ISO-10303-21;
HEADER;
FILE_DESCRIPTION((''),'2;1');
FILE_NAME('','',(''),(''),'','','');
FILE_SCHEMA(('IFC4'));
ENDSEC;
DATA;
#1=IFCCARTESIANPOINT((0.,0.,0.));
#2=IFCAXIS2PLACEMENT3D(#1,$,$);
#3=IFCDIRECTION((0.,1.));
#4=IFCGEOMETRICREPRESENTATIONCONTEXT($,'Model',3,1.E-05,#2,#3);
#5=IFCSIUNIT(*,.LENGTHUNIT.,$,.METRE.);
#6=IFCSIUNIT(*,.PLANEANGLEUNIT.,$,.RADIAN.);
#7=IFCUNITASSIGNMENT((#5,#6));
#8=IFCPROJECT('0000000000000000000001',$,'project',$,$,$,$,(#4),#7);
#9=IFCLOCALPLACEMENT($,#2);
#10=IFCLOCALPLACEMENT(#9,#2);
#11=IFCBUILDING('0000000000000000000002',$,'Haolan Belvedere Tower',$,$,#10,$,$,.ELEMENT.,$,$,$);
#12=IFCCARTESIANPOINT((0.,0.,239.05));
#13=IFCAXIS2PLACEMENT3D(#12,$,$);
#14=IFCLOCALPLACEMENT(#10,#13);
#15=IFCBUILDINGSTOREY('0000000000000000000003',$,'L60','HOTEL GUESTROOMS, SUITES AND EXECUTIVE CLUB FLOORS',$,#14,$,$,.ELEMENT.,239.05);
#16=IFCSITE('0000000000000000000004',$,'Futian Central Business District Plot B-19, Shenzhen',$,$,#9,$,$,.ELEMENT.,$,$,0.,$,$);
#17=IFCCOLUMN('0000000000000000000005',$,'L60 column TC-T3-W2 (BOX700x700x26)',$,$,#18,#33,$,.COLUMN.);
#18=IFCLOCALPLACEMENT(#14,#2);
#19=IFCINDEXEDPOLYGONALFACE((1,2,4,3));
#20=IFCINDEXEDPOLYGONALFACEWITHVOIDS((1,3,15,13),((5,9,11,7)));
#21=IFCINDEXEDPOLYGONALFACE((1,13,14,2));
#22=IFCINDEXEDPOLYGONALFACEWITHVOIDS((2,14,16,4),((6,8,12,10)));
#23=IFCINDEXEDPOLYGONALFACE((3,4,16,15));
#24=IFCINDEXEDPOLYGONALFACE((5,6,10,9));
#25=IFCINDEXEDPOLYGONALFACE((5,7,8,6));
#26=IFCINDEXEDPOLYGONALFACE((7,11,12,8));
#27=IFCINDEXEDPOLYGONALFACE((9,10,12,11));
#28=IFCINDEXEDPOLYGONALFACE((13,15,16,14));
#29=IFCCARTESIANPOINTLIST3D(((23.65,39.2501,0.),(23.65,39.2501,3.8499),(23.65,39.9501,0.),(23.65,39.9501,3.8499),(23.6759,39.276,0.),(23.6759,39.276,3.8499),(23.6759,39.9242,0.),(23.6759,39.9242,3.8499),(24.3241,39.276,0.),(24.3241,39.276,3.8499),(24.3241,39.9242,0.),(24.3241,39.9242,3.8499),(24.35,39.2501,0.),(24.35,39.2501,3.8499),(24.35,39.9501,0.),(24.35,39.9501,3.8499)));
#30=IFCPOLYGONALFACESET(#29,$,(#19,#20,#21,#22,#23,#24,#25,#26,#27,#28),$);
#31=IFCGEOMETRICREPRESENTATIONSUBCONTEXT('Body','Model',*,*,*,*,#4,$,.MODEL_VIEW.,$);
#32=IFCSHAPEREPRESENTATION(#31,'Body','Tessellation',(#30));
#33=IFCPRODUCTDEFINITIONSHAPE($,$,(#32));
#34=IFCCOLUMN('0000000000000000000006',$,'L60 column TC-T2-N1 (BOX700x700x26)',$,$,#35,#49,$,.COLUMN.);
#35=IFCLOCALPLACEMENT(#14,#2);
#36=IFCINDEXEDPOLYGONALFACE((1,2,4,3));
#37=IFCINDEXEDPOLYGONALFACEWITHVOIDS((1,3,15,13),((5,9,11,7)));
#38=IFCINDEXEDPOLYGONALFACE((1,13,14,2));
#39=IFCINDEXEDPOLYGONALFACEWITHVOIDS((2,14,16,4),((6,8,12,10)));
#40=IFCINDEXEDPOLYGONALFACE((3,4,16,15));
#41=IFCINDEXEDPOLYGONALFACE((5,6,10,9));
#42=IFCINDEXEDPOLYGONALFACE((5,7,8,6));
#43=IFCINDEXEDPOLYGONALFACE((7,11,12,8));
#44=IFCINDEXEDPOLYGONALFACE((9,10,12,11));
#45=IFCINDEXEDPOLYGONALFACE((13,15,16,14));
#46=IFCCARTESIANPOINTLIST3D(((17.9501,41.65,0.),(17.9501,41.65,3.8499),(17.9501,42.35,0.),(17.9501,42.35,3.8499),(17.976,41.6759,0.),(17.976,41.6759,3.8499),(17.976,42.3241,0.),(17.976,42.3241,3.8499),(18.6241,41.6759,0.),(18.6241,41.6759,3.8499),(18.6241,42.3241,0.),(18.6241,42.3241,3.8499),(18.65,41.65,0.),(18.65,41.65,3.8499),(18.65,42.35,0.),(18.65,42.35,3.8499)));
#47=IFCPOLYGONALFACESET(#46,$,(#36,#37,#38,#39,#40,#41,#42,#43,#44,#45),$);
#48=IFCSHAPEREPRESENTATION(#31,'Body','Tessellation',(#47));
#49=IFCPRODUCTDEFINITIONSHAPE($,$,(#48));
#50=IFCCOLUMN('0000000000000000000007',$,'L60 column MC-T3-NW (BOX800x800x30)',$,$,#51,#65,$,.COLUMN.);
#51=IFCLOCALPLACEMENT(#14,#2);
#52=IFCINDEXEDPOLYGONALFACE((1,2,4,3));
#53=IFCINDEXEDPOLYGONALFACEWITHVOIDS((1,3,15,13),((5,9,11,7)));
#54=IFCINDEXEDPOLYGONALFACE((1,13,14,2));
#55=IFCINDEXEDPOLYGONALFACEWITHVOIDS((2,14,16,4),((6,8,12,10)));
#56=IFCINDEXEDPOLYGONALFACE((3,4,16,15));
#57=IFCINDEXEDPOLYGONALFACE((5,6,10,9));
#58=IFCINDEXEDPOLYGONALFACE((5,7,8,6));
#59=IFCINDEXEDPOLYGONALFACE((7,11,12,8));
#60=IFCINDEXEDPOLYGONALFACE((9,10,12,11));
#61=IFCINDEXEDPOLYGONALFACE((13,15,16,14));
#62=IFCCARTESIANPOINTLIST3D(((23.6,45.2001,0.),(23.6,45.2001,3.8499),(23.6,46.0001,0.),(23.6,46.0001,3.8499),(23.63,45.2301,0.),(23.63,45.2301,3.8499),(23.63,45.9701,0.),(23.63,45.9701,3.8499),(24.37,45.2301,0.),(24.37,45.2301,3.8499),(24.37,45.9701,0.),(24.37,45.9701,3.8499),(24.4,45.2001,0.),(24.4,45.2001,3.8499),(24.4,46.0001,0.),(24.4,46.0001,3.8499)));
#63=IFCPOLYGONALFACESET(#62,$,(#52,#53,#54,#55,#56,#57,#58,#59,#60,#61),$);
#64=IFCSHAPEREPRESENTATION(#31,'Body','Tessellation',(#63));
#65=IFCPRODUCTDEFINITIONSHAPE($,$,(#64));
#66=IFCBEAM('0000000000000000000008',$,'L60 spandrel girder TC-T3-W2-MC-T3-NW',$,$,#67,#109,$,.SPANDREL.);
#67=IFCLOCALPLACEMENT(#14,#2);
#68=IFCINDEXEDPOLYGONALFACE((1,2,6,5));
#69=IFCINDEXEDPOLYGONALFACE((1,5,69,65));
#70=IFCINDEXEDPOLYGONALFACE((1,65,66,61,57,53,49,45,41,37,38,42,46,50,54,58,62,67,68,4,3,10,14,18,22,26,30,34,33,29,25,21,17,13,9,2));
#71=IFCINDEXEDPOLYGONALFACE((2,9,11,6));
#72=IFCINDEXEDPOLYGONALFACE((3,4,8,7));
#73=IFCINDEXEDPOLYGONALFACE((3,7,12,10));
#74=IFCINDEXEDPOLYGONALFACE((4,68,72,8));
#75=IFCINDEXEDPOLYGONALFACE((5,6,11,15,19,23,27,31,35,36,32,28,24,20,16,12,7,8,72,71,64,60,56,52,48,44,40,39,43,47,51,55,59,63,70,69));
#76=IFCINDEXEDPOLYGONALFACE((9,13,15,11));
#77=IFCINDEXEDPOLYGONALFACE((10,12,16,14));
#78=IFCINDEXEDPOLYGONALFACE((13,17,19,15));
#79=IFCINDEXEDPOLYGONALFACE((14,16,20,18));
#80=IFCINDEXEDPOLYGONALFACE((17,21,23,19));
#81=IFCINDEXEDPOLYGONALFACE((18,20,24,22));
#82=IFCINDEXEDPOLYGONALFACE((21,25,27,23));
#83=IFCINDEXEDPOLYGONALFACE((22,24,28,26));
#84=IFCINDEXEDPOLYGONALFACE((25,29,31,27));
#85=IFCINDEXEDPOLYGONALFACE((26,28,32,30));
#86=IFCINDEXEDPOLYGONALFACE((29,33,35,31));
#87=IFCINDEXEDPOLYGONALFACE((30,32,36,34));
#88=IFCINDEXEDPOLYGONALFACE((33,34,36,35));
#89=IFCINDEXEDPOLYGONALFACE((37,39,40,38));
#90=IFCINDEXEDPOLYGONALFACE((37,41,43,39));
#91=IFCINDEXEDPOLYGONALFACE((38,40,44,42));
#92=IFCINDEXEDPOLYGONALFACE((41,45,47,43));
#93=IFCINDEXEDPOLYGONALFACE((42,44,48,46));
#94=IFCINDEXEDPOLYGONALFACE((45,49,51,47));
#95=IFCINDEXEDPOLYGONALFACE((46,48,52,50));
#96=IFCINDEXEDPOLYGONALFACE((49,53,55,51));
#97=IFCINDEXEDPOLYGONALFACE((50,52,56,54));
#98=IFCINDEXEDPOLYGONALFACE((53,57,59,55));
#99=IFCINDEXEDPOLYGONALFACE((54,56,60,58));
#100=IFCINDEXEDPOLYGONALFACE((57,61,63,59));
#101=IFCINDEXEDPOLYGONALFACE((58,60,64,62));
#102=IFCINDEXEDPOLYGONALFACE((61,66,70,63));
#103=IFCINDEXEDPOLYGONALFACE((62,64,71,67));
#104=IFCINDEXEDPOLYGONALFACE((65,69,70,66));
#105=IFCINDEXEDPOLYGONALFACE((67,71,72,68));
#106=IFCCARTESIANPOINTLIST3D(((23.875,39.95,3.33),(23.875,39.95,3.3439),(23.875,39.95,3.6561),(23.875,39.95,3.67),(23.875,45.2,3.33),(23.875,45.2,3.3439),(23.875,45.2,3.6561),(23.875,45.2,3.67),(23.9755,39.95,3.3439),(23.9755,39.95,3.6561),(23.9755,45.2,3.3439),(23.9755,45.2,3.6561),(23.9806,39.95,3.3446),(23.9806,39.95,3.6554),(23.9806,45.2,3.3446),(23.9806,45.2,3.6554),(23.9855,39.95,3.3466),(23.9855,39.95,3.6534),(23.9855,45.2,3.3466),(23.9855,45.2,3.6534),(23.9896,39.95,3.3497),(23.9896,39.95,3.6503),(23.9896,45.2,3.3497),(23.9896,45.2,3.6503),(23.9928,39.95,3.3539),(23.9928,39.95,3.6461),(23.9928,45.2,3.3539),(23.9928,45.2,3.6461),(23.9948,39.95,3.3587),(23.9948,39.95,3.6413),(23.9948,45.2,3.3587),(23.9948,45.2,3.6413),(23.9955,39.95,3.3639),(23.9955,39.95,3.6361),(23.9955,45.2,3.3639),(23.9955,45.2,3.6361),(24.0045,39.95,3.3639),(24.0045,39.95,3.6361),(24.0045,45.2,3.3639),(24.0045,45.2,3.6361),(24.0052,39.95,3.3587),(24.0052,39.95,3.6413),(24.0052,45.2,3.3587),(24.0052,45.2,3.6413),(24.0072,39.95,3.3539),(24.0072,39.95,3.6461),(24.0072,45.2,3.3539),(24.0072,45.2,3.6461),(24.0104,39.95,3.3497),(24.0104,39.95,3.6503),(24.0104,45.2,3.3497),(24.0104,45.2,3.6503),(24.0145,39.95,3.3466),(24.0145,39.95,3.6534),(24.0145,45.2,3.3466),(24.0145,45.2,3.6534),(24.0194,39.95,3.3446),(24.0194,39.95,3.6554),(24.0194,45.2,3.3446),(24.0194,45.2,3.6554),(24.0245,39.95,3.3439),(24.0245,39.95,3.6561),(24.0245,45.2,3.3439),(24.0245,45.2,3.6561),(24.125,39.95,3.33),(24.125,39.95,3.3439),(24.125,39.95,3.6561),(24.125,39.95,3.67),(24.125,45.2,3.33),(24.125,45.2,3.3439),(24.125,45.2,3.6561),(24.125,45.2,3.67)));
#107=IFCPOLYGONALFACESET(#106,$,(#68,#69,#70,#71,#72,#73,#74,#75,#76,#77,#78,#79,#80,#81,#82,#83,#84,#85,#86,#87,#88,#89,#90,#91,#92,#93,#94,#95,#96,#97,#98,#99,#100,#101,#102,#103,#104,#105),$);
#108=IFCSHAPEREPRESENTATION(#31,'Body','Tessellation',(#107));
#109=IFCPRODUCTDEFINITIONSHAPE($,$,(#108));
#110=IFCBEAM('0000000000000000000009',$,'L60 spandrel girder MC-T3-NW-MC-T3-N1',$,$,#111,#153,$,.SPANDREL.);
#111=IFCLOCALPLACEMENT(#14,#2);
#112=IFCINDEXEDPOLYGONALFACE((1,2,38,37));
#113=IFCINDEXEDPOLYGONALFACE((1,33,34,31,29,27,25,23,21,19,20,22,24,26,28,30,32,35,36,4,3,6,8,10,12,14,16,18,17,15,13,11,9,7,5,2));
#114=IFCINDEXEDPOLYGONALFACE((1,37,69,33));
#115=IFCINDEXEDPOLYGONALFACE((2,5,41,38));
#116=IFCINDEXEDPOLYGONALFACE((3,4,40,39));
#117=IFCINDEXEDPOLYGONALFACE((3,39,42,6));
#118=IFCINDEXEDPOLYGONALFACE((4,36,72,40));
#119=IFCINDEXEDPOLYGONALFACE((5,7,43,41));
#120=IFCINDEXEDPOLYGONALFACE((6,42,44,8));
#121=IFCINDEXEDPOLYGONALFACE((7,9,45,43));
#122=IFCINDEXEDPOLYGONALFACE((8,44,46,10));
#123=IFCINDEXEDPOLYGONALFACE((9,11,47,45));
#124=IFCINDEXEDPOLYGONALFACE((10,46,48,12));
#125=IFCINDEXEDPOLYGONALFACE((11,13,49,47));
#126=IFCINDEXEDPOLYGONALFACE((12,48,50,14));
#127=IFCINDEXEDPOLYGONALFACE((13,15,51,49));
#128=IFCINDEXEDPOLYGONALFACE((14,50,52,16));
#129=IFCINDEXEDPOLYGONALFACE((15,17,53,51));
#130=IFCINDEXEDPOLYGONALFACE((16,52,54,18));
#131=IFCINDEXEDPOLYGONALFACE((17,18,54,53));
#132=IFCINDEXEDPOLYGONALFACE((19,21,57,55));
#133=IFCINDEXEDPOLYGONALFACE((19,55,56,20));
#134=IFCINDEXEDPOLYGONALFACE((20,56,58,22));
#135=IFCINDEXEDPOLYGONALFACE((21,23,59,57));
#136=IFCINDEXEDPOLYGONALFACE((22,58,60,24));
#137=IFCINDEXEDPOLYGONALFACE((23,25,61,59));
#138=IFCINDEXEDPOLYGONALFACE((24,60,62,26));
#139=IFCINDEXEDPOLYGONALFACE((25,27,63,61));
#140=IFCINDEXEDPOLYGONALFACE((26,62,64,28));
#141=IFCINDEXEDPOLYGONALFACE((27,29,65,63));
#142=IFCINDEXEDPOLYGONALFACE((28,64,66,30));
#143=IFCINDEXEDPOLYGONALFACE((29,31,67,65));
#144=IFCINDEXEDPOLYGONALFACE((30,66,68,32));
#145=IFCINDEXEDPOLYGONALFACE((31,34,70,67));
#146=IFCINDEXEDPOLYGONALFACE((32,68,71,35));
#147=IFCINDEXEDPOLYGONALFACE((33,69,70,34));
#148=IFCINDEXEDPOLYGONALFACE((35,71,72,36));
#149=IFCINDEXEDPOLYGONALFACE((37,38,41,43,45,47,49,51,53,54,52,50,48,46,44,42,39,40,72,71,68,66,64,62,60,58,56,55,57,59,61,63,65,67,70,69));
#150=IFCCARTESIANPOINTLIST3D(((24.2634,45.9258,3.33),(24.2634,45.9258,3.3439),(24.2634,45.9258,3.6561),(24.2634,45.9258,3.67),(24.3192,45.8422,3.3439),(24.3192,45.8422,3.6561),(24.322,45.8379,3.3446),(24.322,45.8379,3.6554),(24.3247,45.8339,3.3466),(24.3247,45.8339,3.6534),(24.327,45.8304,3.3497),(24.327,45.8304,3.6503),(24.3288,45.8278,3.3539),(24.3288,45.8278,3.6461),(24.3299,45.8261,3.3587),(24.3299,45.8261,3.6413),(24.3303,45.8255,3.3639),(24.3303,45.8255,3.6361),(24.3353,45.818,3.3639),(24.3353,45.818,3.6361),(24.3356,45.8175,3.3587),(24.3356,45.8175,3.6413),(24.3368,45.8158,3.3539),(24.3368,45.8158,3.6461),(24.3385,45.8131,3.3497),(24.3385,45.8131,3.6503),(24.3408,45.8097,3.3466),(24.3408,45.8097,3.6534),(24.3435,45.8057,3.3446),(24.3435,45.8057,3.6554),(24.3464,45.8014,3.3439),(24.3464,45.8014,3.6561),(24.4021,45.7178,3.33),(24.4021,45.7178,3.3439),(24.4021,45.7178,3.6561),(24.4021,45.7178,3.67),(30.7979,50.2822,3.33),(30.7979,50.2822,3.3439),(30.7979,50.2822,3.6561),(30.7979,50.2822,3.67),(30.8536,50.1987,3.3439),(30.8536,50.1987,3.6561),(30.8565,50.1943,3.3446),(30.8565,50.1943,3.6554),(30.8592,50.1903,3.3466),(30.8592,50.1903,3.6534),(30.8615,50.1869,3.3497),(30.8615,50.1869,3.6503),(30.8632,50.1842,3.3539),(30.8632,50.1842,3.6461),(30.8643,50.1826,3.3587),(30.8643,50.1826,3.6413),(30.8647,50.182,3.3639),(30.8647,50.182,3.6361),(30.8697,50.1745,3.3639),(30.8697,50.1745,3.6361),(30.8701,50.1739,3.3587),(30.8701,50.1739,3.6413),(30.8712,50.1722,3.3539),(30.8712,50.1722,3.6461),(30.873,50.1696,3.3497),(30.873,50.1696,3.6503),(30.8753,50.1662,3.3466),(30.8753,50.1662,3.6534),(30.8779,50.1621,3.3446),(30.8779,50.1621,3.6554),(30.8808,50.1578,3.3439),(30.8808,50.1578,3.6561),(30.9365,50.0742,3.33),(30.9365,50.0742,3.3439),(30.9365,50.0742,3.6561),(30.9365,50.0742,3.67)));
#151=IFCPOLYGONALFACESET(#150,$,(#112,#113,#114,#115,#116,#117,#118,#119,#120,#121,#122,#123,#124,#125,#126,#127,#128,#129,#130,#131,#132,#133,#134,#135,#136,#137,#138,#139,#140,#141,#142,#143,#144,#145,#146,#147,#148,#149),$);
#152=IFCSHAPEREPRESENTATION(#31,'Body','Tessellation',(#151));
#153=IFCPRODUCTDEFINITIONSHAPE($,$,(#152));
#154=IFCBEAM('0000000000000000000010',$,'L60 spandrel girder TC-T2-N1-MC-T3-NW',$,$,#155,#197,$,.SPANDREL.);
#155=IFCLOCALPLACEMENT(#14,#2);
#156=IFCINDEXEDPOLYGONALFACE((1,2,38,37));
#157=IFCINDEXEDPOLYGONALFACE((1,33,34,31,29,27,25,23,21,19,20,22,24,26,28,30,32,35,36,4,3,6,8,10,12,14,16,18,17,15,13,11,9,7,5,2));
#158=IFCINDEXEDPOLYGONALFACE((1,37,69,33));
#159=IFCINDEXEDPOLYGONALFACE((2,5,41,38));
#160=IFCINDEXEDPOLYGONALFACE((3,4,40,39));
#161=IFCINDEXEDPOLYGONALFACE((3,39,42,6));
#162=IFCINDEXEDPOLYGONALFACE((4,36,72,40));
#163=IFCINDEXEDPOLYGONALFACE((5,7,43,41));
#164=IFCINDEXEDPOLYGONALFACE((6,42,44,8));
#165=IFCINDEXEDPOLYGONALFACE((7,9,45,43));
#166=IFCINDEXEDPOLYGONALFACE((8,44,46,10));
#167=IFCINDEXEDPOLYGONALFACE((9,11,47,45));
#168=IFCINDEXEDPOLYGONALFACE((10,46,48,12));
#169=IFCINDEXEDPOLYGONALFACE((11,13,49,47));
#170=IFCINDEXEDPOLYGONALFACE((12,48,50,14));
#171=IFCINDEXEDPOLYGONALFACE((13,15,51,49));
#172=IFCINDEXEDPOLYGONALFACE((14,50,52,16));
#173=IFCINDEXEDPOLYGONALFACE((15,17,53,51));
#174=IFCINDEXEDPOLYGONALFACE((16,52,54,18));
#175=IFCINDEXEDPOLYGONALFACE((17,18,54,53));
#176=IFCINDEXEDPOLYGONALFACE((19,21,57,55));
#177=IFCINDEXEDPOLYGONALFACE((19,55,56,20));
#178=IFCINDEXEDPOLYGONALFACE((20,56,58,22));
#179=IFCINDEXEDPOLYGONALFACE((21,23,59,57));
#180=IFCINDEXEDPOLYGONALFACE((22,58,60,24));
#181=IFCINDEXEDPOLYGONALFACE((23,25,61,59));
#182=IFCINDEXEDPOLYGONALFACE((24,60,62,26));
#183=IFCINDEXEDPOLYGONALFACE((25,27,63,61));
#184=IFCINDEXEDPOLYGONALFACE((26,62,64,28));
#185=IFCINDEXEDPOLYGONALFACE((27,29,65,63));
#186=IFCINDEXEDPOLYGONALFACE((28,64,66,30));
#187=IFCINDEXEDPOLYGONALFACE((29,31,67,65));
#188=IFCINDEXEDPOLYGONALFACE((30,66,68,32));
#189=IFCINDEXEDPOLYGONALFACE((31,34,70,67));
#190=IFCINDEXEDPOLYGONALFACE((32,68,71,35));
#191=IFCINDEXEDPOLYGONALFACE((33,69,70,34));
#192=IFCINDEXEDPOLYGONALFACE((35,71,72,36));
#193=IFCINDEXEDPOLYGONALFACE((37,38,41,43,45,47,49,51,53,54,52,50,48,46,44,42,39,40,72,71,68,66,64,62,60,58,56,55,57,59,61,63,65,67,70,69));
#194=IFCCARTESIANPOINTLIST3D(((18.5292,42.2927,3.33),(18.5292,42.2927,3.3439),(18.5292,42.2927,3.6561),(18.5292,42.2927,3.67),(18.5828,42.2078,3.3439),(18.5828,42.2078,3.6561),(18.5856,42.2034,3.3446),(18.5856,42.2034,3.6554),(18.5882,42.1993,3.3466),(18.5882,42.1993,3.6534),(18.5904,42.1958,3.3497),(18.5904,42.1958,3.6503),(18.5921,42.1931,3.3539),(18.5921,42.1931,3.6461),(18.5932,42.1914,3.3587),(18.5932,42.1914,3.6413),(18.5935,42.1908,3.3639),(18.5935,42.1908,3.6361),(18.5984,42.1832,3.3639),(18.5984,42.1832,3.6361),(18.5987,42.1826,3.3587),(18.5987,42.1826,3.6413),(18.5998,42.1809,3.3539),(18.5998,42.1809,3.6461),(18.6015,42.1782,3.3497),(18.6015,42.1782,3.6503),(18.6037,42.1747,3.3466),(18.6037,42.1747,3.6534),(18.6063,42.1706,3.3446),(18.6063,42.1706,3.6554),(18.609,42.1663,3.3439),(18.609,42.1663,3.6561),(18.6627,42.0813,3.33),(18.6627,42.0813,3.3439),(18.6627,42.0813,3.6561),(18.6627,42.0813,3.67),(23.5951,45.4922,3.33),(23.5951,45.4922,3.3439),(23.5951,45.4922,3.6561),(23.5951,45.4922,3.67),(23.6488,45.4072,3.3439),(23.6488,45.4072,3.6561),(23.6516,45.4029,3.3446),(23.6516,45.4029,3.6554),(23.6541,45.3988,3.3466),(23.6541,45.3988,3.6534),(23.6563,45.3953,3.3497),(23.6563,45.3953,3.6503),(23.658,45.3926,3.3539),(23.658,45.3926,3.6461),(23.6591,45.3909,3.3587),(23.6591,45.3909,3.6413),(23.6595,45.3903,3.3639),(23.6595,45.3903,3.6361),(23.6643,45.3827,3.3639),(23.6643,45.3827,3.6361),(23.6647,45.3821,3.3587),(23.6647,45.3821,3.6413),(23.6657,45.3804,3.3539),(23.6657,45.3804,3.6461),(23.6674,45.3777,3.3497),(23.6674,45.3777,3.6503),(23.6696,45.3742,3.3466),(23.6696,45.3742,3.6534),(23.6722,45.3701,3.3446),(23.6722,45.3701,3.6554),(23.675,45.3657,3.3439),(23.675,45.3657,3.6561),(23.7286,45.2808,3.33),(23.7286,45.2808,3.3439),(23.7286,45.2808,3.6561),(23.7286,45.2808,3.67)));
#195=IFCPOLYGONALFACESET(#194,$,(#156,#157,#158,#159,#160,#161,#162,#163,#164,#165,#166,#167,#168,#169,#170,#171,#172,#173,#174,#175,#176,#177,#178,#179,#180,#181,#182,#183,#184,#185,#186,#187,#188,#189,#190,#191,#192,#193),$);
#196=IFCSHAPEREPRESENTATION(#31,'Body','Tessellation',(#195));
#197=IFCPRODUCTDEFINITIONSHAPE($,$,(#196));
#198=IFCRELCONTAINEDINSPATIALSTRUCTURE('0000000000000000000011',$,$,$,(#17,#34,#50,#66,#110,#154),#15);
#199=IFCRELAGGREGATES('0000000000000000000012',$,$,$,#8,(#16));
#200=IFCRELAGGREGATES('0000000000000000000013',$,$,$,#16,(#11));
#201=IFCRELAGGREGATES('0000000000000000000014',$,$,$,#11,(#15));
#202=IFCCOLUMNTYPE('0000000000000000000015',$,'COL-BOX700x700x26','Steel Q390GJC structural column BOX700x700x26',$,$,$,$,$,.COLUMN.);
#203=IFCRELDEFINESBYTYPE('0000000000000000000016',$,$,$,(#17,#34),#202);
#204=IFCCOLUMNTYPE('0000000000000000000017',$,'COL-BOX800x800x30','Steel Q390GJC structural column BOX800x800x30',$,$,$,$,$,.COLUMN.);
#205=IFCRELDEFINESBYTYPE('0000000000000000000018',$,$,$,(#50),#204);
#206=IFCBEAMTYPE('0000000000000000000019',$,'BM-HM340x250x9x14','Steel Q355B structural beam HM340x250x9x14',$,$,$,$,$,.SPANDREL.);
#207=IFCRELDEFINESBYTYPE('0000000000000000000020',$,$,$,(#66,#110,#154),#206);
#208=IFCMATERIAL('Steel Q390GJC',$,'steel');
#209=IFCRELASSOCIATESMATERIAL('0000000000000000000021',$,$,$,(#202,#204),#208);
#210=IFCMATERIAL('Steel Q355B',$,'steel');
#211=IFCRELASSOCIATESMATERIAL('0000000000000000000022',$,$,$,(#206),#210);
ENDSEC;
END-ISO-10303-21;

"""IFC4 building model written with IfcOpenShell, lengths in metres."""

from ifc_helpers import new_model, si_unit, direction, frame, origin, origin_2d, place, context, subcontext, project, spatial, hollow_rectangle, i_section, extrude, material, material_profile, profile_set, type_object, element, save


model = new_model("IFC4")

# Units and contexts
model_context = context("Model", 3, precision=1e-05, world=origin(), true_north=direction((0.0, 1.0)))
body_context = subcontext(model_context, "Body", "Model", "MODEL_VIEW")
ifc_project = project(units=[si_unit("LENGTHUNIT", "METRE"), si_unit("PLANEANGLEUNIT", "RADIAN")], contexts=[model_context])

# Site, building, storey
site_placement = place(None, origin())
site = spatial("IfcSite", under=ifc_project, at=site_placement, Name="Futian Central Business District Plot B-19, Shenzhen", CompositionType="ELEMENT", RefElevation=0.0)
building_placement = place(site_placement, origin())
building = spatial("IfcBuilding", under=site, at=building_placement, Name="Haolan Belvedere Tower", CompositionType="ELEMENT")
storey_placement = place(building_placement, frame((0.0, 0.0, 239.05)))
storey = spatial("IfcBuildingStorey", under=building, at=storey_placement, Name="L60", Description="HOTEL GUESTROOMS, SUITES AND EXECUTIVE CLUB FLOORS", CompositionType="ELEMENT", Elevation=239.05)

# Columns
ifc_material_1 = material(Name="Steel Q390GJC", Category="steel")
ifc_material_profile_1 = material_profile(ifc_material_1, hollow_rectangle(XDim=0.7, YDim=0.7, WallThickness=0.0259, at=origin_2d()), Name="Steel Q390GJC")
ifc_profile_set_1 = profile_set([ifc_material_profile_1], Name="Steel Q390GJC")
column_type_1 = type_object("IfcColumnType", Name="COL-BOX700x700x26", Description="Steel Q390GJC structural column BOX700x700x26", PredefinedType="COLUMN", material=ifc_profile_set_1)
for number, where, z_axis, x_axis, name in (
    (1, (24.0, 39.6001, 0.0), (0.0, 0.0, 1.0), (1.0, 0.0, 0.0), "L60 column TC-T3-W2 (BOX700x700x26)"),
    (2, (18.3, 42.0, 0.0), (0.0, 0.0, 1.0), (1.0, 0.0, 0.0), "L60 column TC-T2-N1 (BOX700x700x26)"),
):
    element("IfcColumn", number, at=place(storey_placement, frame(where, z_axis=z_axis, x_axis=x_axis)), inside=storey, type_object=column_type_1, Name=name, PredefinedType="COLUMN", context=body_context, shape_type="SweptSolid", body=[
        extrude(hollow_rectangle(XDim=0.7, YDim=0.7, WallThickness=0.0259, at=origin_2d()), origin(), (0.0, 0.0, 1.0), 3.8499),
    ])
ifc_material_profile_2 = material_profile(ifc_material_1, hollow_rectangle(XDim=0.8, YDim=0.8, WallThickness=0.03, at=origin_2d()), Name="Steel Q390GJC")
ifc_profile_set_2 = profile_set([ifc_material_profile_2], Name="Steel Q390GJC")
column_type_2 = type_object("IfcColumnType", Name="COL-BOX800x800x30", Description="Steel Q390GJC structural column BOX800x800x30", PredefinedType="COLUMN", material=ifc_profile_set_2)
column_placement = place(storey_placement, frame((24.0, 45.6001, 0.0), z_axis=(0.0, 0.0, 1.0), x_axis=(1.0, 0.0, 0.0)))
element("IfcColumn", 3, at=column_placement, inside=storey, type_object=column_type_2, Name="L60 column MC-T3-NW (BOX800x800x30)", PredefinedType="COLUMN", context=body_context, shape_type="SweptSolid", body=[
    extrude(hollow_rectangle(XDim=0.8, YDim=0.8, WallThickness=0.03, at=origin_2d()), origin(), (0.0, 0.0, 1.0), 3.8499),
])

# Beams
ifc_material_2 = material(Name="Steel Q355B", Category="steel")
ifc_material_profile_3 = material_profile(ifc_material_2, i_section(OverallWidth=0.25, OverallDepth=0.3401, WebThickness=0.009, FlangeThickness=0.0139, FilletRadius=0.02, at=origin_2d()), Name="Steel Q355B")
ifc_profile_set_3 = profile_set([ifc_material_profile_3], Name="Steel Q355B")
beam_type_1 = type_object("IfcBeamType", Name="BM-HM340x250x9x14", Description="Steel Q355B structural beam HM340x250x9x14", PredefinedType="SPANDREL", material=ifc_profile_set_3)
beam_1_placement = place(storey_placement, frame((24.0, 39.95, 3.5), z_axis=(0.0, 1.0, 0.0), x_axis=(-1.0, 0.0, 0.0)))
element("IfcBeam", 4, at=beam_1_placement, inside=storey, type_object=beam_type_1, Name="L60 spandrel girder TC-T3-W2-MC-T3-NW", PredefinedType="SPANDREL", context=body_context, shape_type="SweptSolid", body=[
    extrude(i_section(OverallWidth=0.25, OverallDepth=0.3401, WebThickness=0.009, FlangeThickness=0.0139, FilletRadius=0.02, at=origin_2d()), origin(), (0.0, 0.0, 1.0), 5.25),
])
beam_2_placement = place(storey_placement, frame((24.3328, 45.8218, 3.5), z_axis=(0.832041, 0.554715, 0.0), x_axis=(-0.554715, 0.832041, 0.0)))
element("IfcBeam", 5, at=beam_2_placement, inside=storey, type_object=beam_type_1, Name="L60 spandrel girder MC-T3-NW-MC-T3-N1", PredefinedType="SPANDREL", context=body_context, shape_type="SweptSolid", body=[
    extrude(i_section(OverallWidth=0.25, OverallDepth=0.3401, WebThickness=0.009, FlangeThickness=0.0139, FilletRadius=0.02, at=origin_2d()), origin(), (0.0, 0.0, 1.0), 7.8535),
])
beam_3_placement = place(storey_placement, frame((18.5959, 42.187, 3.5), z_axis=(0.845494, 0.533985, 0.0), x_axis=(-0.533985, 0.845494, 0.0)))
element("IfcBeam", 6, at=beam_3_placement, inside=storey, type_object=beam_type_1, Name="L60 spandrel girder TC-T2-N1-MC-T3-NW", PredefinedType="SPANDREL", context=body_context, shape_type="SweptSolid", body=[
    extrude(i_section(OverallWidth=0.25, OverallDepth=0.3401, WebThickness=0.009, FlangeThickness=0.0139, FilletRadius=0.02, at=origin_2d()), origin(), (0.0, 0.0, 1.0), 5.9917),
])

save(model, "model.ifc")
